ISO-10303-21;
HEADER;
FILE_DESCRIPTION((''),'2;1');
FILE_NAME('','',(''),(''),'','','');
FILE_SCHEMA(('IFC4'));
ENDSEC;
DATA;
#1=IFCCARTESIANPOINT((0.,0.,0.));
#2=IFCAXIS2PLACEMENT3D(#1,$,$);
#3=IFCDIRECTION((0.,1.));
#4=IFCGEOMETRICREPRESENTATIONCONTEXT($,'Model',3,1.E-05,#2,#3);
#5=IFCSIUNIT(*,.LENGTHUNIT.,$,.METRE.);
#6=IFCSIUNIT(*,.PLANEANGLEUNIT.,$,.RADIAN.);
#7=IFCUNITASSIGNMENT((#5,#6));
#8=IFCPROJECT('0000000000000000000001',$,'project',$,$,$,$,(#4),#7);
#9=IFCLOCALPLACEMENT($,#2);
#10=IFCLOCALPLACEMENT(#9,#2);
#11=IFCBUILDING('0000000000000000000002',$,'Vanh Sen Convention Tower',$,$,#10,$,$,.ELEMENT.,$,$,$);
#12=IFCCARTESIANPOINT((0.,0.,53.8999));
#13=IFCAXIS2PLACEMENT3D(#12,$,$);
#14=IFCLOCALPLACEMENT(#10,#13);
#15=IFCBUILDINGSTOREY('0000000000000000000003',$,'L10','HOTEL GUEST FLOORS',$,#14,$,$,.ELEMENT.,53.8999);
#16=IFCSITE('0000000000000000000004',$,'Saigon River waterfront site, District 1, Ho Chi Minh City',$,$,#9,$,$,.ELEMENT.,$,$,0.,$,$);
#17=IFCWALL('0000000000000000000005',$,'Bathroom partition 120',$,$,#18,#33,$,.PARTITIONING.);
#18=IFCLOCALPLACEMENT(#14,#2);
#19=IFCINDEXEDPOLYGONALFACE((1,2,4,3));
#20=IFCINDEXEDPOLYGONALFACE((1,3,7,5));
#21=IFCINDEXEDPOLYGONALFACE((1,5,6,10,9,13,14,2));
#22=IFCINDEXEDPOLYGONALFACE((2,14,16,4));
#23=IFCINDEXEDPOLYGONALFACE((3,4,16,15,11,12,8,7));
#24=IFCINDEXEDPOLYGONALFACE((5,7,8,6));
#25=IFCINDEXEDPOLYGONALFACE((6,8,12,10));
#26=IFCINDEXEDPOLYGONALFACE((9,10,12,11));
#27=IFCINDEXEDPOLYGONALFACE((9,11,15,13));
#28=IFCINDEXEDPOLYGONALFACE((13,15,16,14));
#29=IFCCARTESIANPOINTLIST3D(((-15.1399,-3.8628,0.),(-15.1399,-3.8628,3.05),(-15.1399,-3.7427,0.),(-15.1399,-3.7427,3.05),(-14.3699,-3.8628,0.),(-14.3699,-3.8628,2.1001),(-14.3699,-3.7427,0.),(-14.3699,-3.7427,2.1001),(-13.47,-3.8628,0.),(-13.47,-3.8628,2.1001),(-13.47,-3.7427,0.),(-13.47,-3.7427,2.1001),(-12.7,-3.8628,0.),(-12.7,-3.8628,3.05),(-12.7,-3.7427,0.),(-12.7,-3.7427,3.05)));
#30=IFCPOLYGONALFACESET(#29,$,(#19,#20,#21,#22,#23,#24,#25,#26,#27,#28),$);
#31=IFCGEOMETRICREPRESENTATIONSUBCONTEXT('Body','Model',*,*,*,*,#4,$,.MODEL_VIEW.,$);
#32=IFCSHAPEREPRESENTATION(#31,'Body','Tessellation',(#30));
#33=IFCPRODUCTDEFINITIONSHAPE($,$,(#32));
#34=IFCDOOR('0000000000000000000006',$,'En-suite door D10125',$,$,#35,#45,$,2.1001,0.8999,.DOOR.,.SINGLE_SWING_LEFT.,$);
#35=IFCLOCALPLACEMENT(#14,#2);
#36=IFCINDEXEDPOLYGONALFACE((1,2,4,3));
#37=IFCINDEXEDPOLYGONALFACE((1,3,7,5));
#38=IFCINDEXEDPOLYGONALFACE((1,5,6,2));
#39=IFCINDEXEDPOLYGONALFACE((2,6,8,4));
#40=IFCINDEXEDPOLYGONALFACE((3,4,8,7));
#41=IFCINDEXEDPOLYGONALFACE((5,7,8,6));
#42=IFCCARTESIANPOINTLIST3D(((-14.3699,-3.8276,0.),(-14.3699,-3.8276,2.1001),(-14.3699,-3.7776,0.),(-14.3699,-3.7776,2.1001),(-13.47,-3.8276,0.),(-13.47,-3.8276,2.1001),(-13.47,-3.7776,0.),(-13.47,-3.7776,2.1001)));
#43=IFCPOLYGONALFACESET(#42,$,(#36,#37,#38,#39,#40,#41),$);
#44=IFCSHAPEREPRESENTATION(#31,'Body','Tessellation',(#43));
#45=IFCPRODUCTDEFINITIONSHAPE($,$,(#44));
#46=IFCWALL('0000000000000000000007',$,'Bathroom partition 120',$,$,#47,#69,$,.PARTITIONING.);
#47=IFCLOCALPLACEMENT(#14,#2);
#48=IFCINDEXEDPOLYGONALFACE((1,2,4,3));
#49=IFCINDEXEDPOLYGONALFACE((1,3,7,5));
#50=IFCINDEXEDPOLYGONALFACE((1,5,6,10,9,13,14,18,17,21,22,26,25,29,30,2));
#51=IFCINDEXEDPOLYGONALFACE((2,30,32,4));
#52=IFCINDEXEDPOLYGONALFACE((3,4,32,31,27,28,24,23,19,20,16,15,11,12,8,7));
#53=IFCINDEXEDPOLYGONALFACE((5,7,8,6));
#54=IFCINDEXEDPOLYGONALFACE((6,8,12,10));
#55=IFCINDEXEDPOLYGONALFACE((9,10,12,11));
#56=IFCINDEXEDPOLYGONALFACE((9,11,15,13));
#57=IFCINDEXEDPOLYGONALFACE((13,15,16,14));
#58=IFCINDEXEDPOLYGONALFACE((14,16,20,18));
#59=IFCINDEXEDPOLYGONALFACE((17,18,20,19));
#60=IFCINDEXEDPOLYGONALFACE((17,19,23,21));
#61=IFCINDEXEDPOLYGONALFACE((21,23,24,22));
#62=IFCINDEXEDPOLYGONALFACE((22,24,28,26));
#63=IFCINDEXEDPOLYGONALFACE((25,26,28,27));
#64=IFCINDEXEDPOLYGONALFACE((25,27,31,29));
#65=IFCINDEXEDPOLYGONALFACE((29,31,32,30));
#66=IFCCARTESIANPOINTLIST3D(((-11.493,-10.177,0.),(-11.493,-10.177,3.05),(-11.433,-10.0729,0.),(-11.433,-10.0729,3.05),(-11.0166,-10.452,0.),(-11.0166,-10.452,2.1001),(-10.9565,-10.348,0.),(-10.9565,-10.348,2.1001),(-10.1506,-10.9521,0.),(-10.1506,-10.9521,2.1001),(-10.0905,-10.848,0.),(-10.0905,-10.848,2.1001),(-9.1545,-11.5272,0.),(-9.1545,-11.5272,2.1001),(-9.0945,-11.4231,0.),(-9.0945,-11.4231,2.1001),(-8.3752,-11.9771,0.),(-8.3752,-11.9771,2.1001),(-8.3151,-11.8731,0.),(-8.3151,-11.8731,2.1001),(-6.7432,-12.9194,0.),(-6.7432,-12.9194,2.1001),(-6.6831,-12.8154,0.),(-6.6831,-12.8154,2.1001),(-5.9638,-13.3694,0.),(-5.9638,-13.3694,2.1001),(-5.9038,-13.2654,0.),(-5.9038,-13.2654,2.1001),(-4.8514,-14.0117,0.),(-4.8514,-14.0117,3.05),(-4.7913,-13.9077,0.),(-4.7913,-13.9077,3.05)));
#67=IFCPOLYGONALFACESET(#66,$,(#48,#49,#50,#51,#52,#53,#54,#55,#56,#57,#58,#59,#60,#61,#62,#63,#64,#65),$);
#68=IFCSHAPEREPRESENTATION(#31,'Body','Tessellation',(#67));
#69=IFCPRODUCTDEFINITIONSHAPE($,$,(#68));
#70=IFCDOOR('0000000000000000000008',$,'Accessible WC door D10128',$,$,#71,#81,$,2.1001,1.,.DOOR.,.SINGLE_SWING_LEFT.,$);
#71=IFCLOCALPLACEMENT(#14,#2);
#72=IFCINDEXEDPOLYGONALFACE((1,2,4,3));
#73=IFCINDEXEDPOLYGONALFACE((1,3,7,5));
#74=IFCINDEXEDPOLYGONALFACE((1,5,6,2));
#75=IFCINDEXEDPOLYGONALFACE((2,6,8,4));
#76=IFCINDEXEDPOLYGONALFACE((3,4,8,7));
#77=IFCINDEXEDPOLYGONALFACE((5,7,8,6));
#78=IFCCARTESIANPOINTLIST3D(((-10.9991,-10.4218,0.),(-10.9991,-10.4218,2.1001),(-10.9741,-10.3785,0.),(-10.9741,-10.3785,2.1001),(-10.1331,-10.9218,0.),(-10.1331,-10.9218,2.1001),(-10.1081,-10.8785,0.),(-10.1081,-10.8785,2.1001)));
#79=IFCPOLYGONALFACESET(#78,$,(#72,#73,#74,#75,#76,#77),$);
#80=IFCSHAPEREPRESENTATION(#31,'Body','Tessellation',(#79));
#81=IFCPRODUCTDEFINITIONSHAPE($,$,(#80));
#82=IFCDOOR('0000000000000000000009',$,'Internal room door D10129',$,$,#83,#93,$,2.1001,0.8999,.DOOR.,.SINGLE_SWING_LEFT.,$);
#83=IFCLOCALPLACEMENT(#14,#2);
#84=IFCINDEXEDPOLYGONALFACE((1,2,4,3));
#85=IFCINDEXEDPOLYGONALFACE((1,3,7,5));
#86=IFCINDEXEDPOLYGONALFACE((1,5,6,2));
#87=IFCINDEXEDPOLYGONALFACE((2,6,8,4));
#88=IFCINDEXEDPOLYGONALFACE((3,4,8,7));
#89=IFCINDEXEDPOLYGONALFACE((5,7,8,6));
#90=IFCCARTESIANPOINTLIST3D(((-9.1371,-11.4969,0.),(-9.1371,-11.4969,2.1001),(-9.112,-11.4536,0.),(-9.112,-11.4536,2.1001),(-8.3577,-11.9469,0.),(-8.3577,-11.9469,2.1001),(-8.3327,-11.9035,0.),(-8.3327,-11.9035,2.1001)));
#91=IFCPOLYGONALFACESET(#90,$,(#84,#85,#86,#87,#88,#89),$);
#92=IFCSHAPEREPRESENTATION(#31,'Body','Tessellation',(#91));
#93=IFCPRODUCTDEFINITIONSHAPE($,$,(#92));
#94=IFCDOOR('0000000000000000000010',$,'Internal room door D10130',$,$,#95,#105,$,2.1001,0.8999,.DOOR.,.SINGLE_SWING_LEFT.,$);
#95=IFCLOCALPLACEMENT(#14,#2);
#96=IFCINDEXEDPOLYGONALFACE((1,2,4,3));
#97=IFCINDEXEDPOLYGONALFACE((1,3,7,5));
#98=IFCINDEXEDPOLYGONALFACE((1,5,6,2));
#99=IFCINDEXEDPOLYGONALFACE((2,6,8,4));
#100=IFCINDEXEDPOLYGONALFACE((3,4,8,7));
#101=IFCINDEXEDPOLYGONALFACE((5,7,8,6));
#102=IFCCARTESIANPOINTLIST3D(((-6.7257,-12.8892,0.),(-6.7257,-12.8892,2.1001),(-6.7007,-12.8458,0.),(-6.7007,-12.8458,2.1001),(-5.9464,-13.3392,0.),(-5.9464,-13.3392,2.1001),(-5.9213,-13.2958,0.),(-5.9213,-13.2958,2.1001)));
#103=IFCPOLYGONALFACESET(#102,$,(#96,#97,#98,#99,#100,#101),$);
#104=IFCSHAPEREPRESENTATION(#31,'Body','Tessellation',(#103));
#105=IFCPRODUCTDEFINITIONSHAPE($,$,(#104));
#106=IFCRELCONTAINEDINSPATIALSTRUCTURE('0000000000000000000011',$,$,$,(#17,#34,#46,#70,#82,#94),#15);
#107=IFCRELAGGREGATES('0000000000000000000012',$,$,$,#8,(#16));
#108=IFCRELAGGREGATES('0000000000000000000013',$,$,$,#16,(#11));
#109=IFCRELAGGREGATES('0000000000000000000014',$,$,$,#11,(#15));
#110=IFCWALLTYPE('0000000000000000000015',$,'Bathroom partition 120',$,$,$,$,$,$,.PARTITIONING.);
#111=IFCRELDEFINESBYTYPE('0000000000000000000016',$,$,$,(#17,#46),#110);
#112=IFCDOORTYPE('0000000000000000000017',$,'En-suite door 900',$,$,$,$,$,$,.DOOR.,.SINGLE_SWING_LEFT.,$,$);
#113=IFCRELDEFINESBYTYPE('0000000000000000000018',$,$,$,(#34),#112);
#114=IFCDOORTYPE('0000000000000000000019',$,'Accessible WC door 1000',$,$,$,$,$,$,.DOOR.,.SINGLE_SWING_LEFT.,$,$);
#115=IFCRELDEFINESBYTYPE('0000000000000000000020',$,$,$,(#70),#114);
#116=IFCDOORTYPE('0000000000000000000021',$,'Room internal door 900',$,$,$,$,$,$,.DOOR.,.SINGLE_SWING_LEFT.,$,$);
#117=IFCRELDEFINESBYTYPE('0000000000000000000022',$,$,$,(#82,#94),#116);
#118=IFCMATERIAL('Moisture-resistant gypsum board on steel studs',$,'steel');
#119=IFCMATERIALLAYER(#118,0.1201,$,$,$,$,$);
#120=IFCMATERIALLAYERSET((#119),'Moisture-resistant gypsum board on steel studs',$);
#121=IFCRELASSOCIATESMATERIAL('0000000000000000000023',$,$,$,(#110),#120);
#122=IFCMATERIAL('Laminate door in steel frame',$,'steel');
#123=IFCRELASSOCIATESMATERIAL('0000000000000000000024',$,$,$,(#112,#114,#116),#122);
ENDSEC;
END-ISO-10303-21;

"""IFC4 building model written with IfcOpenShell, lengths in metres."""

from ifc_helpers import new_model, si_unit, direction, frame, frame_2d, origin, place, context, subcontext, project, spatial, rectangle, extrude, material, layer, layer_set, type_object, element, fill, save


model = new_model("IFC4")

# Units and contexts
model_context = context("Model", 3, precision=1e-05, world=origin(), true_north=direction((0.0, 1.0)))
body_context = subcontext(model_context, "Body", "Model", "MODEL_VIEW")
ifc_project = project(units=[si_unit("LENGTHUNIT", "METRE"), si_unit("PLANEANGLEUNIT", "RADIAN")], contexts=[model_context])

# Site, building, storey
site_placement = place(None, origin())
site = spatial("IfcSite", under=ifc_project, at=site_placement, Name="Saigon River waterfront site, District 1, Ho Chi Minh City", CompositionType="ELEMENT", RefElevation=0.0)
building_placement = place(site_placement, origin())
building = spatial("IfcBuilding", under=site, at=building_placement, Name="Vanh Sen Convention Tower", CompositionType="ELEMENT")
storey_placement = place(building_placement, frame((0.0, 0.0, 53.8999)))
storey = spatial("IfcBuildingStorey", under=building, at=storey_placement, Name="L10", Description="HOTEL GUEST FLOORS", CompositionType="ELEMENT", Elevation=53.8999)

# Wall, opening, door
ifc_material_1 = material(Name="Moisture-resistant gypsum board on steel studs", Category="steel")
ifc_layer_1 = layer(ifc_material_1, 0.1201)
ifc_layer_set_1 = layer_set([ifc_layer_1], Name="Moisture-resistant gypsum board on steel studs")
wall_type_1 = type_object("IfcWallType", Name="Bathroom partition 120", PredefinedType="PARTITIONING", material=ifc_layer_set_1)
wall_1_placement = place(storey_placement, frame((-12.7, -3.8027, 0.0), z_axis=(0.0, 0.0, 1.0), x_axis=(-1.0, 0.0, 0.0)))
wall_1 = element("IfcWall", 1, at=wall_1_placement, inside=storey, type_object=wall_type_1, Name="Bathroom partition 120", PredefinedType="PARTITIONING", context=body_context, shape_type="SweptSolid", body=[
    extrude(rectangle(XDim=2.4399, YDim=0.1201, at=frame_2d((1.22, 0.0))), origin(), (0.0, 0.0, 1.0), 3.05),
])
opening_1_placement = place(wall_1_placement, frame((0.77, 0.0, 0.0)))
opening_1 = element("IfcOpeningElement", 2, at=opening_1_placement, cuts=wall_1, PredefinedType="OPENING", context=body_context, shape_type="SweptSolid", body=[
    extrude(rectangle(XDim=0.8999, YDim=2.1001, at=frame_2d((0.45, 1.05))), frame((0.0, 0.0701, 0.0), z_axis=(0.0, -1.0, 0.0), x_axis=(1.0, 0.0, 0.0)), (0.0, 0.0, 1.0), 0.1401),
])
ifc_material_2 = material(Name="Laminate door in steel frame", Category="steel")
door_type_1 = type_object("IfcDoorType", Name="En-suite door 900", OperationType="SINGLE_SWING_LEFT", PredefinedType="DOOR", material=ifc_material_2)
door_1_placement = place(opening_1_placement, origin())
door_1 = element("IfcDoor", 3, at=door_1_placement, inside=storey, type_object=door_type_1, Name="En-suite door D10125", OperationType="SINGLE_SWING_LEFT", OverallHeight=2.1001, OverallWidth=0.8999, PredefinedType="DOOR", context=body_context, shape_type="SweptSolid", body=[
    extrude(rectangle(XDim=0.8999, YDim=2.1001, at=frame_2d((0.45, 1.05))), frame((0.0, 0.0249, 0.0), z_axis=(0.0, -1.0, 0.0), x_axis=(1.0, 0.0, 0.0)), (0.0, 0.0, 1.0), 0.05),
])
fill(opening_1, door_1)

# Wall, openings, doors
wall_2_placement = place(storey_placement, frame((-11.4629, -10.125, 0.0), z_axis=(0.0, 0.0, 1.0), x_axis=(0.866015, -0.500018, 0.0)))
wall_2 = element("IfcWall", 4, at=wall_2_placement, inside=storey, type_object=wall_type_1, Name="Bathroom partition 120", PredefinedType="PARTITIONING", context=body_context, shape_type="SweptSolid", body=[
    extrude(rectangle(XDim=7.6692, YDim=0.1201, at=frame_2d((3.8345, 0.0))), origin(), (0.0, 0.0, 1.0), 3.05),
])
opening_2_placement = place(wall_2_placement, frame((0.55, 0.0, 0.0)))
opening_2 = element("IfcOpeningElement", 5, at=opening_2_placement, cuts=wall_2, PredefinedType="OPENING", context=body_context, shape_type="SweptSolid", body=[
    extrude(rectangle(XDim=1.0, YDim=2.1001, at=frame_2d((0.5, 1.05))), frame((0.0, 0.0701, 0.0), z_axis=(0.0, -1.0, 0.0), x_axis=(1.0, 0.0, 0.0)), (0.0, 0.0, 1.0), 0.1401),
])
opening_3_placement = place(wall_2_placement, frame((2.7002, 0.0, 0.0)))
opening_3 = element("IfcOpeningElement", 6, at=opening_3_placement, cuts=wall_2, PredefinedType="OPENING", context=body_context, shape_type="SweptSolid", body=[
    extrude(rectangle(XDim=0.8999, YDim=2.1001, at=frame_2d((0.45, 1.05))), frame((0.0, 0.0701, 0.0), z_axis=(0.0, -1.0, 0.0), x_axis=(1.0, 0.0, 0.0)), (0.0, 0.0, 1.0), 0.1401),
])
opening_4_placement = place(wall_2_placement, frame((5.4846, 0.0, 0.0)))
opening_4 = element("IfcOpeningElement", 7, at=opening_4_placement, cuts=wall_2, PredefinedType="OPENING", context=body_context, shape_type="SweptSolid", body=[
    extrude(rectangle(XDim=0.8999, YDim=2.1001, at=frame_2d((0.45, 1.05))), frame((0.0, 0.0701, 0.0), z_axis=(0.0, -1.0, 0.0), x_axis=(1.0, 0.0, 0.0)), (0.0, 0.0, 1.0), 0.1401),
])
door_type_2 = type_object("IfcDoorType", Name="Accessible WC door 1000", OperationType="SINGLE_SWING_LEFT", PredefinedType="DOOR", material=ifc_material_2)
door_2_placement = place(opening_2_placement, origin())
door_2 = element("IfcDoor", 8, at=door_2_placement, inside=storey, type_object=door_type_2, Name="Accessible WC door D10128", OperationType="SINGLE_SWING_LEFT", OverallHeight=2.1001, OverallWidth=1.0, PredefinedType="DOOR", context=body_context, shape_type="SweptSolid", body=[
    extrude(rectangle(XDim=1.0, YDim=2.1001, at=frame_2d((0.5, 1.05))), frame((0.0, 0.0249, 0.0), z_axis=(0.0, -1.0, 0.0), x_axis=(1.0, 0.0, 0.0)), (0.0, 0.0, 1.0), 0.05),
])
fill(opening_2, door_2)
door_type_3 = type_object("IfcDoorType", Name="Room internal door 900", OperationType="SINGLE_SWING_LEFT", PredefinedType="DOOR", material=ifc_material_2)
door_3_placement = place(opening_3_placement, origin())
door_3 = element("IfcDoor", 9, at=door_3_placement, inside=storey, type_object=door_type_3, Name="Internal room door D10129", OperationType="SINGLE_SWING_LEFT", OverallHeight=2.1001, OverallWidth=0.8999, PredefinedType="DOOR", context=body_context, shape_type="SweptSolid", body=[
    extrude(rectangle(XDim=0.8999, YDim=2.1001, at=frame_2d((0.45, 1.05))), frame((0.0, 0.0249, 0.0), z_axis=(0.0, -1.0, 0.0), x_axis=(1.0, 0.0, 0.0)), (0.0, 0.0, 1.0), 0.05),
])
fill(opening_3, door_3)
door_4_placement = place(opening_4_placement, origin())
door_4 = element("IfcDoor", 10, at=door_4_placement, inside=storey, type_object=door_type_3, Name="Internal room door D10130", OperationType="SINGLE_SWING_LEFT", OverallHeight=2.1001, OverallWidth=0.8999, PredefinedType="DOOR", context=body_context, shape_type="SweptSolid", body=[
    extrude(rectangle(XDim=0.8999, YDim=2.1001, at=frame_2d((0.45, 1.05))), frame((0.0, 0.0249, 0.0), z_axis=(0.0, -1.0, 0.0), x_axis=(1.0, 0.0, 0.0)), (0.0, 0.0, 1.0), 0.05),
])
fill(opening_4, door_4)

save(model, "model.ifc")
